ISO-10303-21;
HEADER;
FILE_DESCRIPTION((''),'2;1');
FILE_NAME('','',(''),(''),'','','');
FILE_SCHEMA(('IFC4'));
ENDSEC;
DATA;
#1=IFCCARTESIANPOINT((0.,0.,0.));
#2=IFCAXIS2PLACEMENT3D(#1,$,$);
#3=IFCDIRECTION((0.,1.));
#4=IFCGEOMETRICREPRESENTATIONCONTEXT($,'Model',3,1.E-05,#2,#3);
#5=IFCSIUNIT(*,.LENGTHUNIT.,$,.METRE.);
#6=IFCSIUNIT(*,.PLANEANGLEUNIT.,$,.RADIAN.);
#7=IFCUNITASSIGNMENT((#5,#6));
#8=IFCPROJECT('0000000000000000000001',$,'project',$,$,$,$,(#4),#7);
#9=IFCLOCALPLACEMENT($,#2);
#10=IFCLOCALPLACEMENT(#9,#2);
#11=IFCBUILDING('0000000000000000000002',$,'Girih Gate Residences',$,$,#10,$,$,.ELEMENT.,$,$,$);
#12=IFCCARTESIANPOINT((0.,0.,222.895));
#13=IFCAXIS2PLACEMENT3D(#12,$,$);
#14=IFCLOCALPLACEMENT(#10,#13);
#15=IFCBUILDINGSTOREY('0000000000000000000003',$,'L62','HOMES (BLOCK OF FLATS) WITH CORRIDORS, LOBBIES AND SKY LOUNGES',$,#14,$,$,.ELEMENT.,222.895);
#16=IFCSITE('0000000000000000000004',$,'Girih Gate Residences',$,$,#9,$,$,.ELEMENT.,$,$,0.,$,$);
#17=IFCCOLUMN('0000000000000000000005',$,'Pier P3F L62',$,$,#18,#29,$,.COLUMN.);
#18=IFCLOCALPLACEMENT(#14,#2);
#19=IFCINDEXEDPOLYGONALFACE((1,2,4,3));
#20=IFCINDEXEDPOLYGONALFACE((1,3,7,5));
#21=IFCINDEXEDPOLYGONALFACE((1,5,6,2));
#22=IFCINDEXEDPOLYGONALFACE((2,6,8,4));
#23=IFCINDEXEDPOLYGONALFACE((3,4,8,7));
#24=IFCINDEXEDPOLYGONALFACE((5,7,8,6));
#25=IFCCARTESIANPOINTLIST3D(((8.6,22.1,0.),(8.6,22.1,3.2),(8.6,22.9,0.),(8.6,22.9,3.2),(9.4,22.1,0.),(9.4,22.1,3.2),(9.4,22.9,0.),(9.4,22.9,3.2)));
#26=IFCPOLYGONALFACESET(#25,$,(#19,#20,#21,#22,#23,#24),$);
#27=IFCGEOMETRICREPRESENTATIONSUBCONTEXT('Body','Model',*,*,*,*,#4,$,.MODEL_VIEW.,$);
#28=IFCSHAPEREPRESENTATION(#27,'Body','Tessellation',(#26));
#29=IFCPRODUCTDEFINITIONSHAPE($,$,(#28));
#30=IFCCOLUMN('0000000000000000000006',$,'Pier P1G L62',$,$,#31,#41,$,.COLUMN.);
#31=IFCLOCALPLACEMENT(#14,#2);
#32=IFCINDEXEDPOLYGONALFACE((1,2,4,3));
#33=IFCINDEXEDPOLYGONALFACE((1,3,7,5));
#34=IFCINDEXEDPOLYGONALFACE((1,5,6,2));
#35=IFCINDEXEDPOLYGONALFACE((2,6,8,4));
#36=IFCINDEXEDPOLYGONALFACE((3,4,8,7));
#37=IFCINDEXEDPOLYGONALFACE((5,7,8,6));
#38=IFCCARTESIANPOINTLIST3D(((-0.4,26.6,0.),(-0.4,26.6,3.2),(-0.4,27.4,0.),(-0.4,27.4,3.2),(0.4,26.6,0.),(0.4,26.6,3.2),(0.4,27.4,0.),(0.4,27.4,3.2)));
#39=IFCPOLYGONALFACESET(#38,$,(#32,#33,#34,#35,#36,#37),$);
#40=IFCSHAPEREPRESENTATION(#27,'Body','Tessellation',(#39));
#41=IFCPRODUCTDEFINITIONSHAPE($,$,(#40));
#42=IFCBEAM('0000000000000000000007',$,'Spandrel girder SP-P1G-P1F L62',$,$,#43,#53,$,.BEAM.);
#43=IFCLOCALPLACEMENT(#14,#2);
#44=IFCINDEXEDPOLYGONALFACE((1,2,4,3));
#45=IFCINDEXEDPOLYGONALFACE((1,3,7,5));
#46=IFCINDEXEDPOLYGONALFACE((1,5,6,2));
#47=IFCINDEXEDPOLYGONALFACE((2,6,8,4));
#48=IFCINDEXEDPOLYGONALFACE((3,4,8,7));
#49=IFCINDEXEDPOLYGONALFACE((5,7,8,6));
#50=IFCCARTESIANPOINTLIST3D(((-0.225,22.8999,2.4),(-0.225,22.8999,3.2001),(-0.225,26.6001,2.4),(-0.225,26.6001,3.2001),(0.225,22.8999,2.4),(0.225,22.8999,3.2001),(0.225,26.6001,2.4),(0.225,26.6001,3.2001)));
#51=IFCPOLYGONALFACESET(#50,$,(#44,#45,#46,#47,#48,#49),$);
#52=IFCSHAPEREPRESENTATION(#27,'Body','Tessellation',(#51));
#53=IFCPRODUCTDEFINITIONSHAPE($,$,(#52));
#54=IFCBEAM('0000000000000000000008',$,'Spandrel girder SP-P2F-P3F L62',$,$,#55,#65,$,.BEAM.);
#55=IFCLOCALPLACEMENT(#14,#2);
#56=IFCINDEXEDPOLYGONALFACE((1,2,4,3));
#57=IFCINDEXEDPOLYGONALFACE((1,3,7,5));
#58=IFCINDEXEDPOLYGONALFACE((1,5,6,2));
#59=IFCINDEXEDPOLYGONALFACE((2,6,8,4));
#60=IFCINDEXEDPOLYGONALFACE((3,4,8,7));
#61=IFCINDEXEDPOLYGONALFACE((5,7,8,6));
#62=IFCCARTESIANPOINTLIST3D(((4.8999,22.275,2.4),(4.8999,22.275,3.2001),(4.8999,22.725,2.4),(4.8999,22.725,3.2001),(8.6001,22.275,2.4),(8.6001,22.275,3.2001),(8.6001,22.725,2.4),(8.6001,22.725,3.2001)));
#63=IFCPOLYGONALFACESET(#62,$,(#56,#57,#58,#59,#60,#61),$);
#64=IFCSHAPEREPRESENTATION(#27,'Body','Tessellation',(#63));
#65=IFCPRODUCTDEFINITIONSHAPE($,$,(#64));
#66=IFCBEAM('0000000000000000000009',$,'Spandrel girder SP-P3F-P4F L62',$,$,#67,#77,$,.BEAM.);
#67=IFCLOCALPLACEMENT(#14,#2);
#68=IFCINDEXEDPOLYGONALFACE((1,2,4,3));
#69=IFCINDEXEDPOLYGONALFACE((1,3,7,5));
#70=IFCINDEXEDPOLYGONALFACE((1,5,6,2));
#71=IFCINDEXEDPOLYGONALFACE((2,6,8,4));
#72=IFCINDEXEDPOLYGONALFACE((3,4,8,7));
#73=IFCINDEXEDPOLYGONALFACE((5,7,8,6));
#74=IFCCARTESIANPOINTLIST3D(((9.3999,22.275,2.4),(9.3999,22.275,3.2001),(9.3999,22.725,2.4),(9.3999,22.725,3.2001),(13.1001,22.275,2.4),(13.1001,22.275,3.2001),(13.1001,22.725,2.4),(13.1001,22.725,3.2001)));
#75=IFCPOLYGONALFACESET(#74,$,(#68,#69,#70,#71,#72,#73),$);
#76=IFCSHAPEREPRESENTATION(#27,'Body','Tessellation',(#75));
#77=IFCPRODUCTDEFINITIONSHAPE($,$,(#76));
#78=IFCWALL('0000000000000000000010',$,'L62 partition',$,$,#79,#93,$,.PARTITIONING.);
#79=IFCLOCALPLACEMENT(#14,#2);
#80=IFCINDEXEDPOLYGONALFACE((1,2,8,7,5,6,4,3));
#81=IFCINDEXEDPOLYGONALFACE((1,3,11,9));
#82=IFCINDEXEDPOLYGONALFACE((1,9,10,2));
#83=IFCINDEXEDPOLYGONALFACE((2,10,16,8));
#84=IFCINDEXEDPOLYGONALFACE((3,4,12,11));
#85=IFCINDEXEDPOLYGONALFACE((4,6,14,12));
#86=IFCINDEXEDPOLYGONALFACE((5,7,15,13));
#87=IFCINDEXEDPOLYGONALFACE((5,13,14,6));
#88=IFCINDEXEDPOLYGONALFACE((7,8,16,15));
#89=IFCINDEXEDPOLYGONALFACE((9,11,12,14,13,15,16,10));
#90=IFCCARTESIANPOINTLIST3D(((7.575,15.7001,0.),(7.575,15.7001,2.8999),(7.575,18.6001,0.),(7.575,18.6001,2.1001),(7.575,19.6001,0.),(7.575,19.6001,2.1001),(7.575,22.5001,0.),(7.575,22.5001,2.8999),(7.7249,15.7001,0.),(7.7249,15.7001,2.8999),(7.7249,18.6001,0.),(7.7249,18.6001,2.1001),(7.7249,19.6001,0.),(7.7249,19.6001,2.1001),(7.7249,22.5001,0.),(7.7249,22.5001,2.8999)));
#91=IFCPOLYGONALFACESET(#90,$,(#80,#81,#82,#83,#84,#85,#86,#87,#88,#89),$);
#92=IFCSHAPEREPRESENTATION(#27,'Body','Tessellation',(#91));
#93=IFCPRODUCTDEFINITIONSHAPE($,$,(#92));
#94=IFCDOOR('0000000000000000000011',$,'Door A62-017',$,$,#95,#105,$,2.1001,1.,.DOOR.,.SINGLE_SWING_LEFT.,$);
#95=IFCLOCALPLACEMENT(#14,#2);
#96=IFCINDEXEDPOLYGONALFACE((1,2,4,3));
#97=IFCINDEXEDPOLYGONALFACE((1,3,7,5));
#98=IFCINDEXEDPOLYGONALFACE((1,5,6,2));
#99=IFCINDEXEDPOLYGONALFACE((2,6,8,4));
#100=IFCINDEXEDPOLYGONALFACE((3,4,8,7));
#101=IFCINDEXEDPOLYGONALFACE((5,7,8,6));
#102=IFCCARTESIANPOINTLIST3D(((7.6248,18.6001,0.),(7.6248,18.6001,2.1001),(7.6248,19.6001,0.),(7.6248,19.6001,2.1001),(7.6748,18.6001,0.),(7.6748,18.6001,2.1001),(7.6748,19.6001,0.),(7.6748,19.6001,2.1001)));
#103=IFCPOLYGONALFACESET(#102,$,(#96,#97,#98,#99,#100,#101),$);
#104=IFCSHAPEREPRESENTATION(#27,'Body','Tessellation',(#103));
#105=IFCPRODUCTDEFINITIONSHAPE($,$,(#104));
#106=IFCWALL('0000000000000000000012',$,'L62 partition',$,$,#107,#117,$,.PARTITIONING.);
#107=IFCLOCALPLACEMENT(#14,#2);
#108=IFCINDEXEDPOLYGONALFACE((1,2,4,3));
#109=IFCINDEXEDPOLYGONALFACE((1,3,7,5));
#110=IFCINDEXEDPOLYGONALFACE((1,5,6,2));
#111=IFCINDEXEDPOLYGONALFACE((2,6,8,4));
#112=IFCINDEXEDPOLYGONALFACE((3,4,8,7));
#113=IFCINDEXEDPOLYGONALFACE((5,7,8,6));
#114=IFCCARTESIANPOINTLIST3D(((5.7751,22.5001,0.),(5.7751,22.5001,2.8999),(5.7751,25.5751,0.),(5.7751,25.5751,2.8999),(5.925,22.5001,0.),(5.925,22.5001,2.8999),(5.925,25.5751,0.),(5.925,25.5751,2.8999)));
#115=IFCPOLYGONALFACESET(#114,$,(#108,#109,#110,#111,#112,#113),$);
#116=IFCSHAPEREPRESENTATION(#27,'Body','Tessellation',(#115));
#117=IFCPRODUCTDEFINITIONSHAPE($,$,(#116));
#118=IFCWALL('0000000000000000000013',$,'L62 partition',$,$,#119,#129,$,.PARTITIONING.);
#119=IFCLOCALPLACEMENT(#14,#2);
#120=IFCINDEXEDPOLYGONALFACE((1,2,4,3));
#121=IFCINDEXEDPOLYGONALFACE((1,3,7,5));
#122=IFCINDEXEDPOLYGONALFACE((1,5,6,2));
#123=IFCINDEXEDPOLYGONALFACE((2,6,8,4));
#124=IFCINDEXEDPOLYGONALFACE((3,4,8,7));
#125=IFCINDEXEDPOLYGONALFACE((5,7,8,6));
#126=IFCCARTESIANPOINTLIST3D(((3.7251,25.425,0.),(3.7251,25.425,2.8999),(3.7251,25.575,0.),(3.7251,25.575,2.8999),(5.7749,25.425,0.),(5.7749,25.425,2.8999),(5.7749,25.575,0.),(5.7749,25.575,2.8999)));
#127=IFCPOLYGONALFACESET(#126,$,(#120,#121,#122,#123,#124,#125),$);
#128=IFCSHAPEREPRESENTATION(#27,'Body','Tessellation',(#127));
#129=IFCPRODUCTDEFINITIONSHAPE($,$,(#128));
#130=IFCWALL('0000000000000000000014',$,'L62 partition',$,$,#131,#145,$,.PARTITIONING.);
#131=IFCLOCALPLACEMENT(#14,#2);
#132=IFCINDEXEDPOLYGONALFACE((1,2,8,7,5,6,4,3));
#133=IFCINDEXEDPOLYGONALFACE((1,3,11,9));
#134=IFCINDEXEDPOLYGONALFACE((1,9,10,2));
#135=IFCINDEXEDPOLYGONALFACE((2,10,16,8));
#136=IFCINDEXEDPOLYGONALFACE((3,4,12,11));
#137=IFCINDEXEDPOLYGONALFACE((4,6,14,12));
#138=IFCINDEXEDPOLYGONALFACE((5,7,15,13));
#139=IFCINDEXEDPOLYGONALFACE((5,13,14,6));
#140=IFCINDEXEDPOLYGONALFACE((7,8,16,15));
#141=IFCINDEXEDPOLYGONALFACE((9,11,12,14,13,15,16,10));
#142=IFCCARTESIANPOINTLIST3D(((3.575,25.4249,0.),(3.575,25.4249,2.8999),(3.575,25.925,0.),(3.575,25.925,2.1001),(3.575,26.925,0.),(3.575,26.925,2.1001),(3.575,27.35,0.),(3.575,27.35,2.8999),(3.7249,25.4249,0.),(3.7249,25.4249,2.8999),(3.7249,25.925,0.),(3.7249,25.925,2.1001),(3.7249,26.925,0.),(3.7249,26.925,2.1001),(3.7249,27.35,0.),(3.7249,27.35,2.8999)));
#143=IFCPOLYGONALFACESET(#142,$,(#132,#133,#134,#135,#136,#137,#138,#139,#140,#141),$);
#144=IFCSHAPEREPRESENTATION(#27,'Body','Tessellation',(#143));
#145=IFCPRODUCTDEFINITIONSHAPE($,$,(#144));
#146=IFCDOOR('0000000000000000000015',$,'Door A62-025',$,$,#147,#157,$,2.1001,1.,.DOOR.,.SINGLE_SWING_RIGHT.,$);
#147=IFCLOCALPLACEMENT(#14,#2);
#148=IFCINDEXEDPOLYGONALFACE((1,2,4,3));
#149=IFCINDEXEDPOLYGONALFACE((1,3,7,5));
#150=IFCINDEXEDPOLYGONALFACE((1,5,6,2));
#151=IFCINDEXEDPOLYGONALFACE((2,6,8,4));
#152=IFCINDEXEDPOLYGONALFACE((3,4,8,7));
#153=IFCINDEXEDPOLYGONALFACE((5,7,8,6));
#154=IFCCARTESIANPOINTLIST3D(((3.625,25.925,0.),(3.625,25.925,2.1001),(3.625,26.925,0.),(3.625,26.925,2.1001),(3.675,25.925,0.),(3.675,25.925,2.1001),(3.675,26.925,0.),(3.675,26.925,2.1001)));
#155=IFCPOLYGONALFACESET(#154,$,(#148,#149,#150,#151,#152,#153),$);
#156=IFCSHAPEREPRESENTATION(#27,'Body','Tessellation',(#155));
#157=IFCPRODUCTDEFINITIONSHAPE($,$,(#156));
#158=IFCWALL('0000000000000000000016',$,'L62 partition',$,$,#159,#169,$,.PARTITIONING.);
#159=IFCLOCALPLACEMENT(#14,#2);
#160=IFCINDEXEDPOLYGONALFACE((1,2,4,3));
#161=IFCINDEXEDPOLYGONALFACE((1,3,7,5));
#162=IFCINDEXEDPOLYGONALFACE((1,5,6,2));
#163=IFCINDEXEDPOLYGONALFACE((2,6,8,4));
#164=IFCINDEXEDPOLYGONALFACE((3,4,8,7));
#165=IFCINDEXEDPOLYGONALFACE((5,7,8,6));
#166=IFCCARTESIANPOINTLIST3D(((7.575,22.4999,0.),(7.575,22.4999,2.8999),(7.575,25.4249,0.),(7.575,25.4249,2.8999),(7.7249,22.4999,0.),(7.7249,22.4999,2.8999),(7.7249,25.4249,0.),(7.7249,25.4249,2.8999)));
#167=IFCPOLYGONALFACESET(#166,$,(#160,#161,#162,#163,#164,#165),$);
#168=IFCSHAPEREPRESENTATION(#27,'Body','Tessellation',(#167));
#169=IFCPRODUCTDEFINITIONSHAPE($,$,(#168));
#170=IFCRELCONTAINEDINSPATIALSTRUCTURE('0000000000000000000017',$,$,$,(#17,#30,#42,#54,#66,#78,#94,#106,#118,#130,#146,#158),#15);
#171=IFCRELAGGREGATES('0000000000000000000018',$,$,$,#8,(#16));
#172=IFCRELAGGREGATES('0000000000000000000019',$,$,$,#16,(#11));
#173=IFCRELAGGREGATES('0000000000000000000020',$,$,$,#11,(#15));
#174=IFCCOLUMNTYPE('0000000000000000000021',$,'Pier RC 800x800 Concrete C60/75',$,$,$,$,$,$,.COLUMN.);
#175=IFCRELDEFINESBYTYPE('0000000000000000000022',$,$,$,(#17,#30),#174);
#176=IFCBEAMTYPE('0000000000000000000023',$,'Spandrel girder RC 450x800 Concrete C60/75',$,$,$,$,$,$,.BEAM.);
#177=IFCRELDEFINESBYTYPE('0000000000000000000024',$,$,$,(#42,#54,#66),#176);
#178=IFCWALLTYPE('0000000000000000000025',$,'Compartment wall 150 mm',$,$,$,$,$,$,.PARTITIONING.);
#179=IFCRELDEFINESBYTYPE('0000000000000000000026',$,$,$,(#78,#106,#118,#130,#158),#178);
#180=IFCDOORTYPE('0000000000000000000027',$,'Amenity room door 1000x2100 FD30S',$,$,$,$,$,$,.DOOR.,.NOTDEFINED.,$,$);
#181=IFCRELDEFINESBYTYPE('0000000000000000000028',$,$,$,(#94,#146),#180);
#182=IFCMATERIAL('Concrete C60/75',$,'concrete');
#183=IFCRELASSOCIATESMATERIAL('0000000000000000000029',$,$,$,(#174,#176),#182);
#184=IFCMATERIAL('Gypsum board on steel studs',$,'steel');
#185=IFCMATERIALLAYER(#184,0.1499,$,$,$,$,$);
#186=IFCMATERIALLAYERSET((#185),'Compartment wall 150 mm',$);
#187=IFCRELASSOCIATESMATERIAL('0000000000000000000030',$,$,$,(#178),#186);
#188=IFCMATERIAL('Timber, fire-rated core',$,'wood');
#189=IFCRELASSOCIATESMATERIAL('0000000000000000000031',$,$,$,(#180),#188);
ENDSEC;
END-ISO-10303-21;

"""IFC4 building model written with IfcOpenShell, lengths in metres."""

from ifc_helpers import new_model, si_unit, direction, frame, frame_2d, origin, origin_2d, place, context, subcontext, project, spatial, rectangle, extrude, material, layer, layer_set, material_profile, profile_set, type_object, element, fill, save


model = new_model("IFC4")

# Units and contexts
model_context = context("Model", 3, precision=1e-05, world=origin(), true_north=direction((0.0, 1.0)))
body_context = subcontext(model_context, "Body", "Model", "MODEL_VIEW")
ifc_project = project(units=[si_unit("LENGTHUNIT", "METRE"), si_unit("PLANEANGLEUNIT", "RADIAN")], contexts=[model_context])

# Site, building, storey
site_placement = place(None, origin())
site = spatial("IfcSite", under=ifc_project, at=site_placement, Name="Girih Gate Residences", CompositionType="ELEMENT", RefElevation=0.0)
building_placement = place(site_placement, origin())
building = spatial("IfcBuilding", under=site, at=building_placement, Name="Girih Gate Residences", CompositionType="ELEMENT")
storey_placement = place(building_placement, frame((0.0, 0.0, 222.895)))
storey = spatial("IfcBuildingStorey", under=building, at=storey_placement, Name="L62", Description="HOMES (BLOCK OF FLATS) WITH CORRIDORS, LOBBIES AND SKY LOUNGES", CompositionType="ELEMENT", Elevation=222.895)

# Columns
ifc_material_1 = material(Name="Concrete C60/75", Category="concrete")
ifc_material_profile_1 = material_profile(ifc_material_1, rectangle(XDim=0.8, YDim=0.8, at=origin_2d()))
ifc_profile_set_1 = profile_set([ifc_material_profile_1], Name="Concrete C60/75")
column_type = type_object("IfcColumnType", Name="Pier RC 800x800 Concrete C60/75", PredefinedType="COLUMN", material=ifc_profile_set_1)
for number, where, z_axis, x_axis, name in (
    (1, (9.0, 22.5, 0.0), (0.0, 0.0, 1.0), (1.0, 0.0, 0.0), "Pier P3F L62"),
    (2, (0.0, 27.0, 0.0), (0.0, 0.0, 1.0), (1.0, 0.0, 0.0), "Pier P1G L62"),
):
    element("IfcColumn", number, at=place(storey_placement, frame(where, z_axis=z_axis, x_axis=x_axis)), inside=storey, type_object=column_type, Name=name, PredefinedType="COLUMN", context=body_context, shape_type="SweptSolid", body=[
        extrude(rectangle(XDim=0.8, YDim=0.8, at=origin_2d()), origin(), (0.0, 0.0, 1.0), 3.2),
    ])

# Beams
ifc_material_profile_2 = material_profile(ifc_material_1, rectangle(XDim=0.45, YDim=0.8, at=origin_2d()))
ifc_profile_set_2 = profile_set([ifc_material_profile_2], Name="Concrete C60/75")
beam_type = type_object("IfcBeamType", Name="Spandrel girder RC 450x800 Concrete C60/75", PredefinedType="BEAM", material=ifc_profile_set_2)
for number, where, z_axis, x_axis, name in (
    (3, (0.0, 26.6001, 2.8), (0.0, -1.0, 0.0), (1.0, 0.0, 0.0), "Spandrel girder SP-P1G-P1F L62"),
    (4, (4.8999, 22.5, 2.8), (1.0, 0.0, 0.0), (0.0, 1.0, 0.0), "Spandrel girder SP-P2F-P3F L62"),
    (5, (9.3999, 22.5, 2.8), (1.0, 0.0, 0.0), (0.0, 1.0, 0.0), "Spandrel girder SP-P3F-P4F L62"),
):
    element("IfcBeam", number, at=place(storey_placement, frame(where, z_axis=z_axis, x_axis=x_axis)), inside=storey, type_object=beam_type, Name=name, PredefinedType="BEAM", context=body_context, shape_type="SweptSolid", body=[
        extrude(rectangle(XDim=0.45, YDim=0.8, at=origin_2d()), origin(), (0.0, 0.0, 1.0), 3.7002),
    ])

# Wall, opening, door
ifc_material_2 = material(Name="Gypsum board on steel studs", Category="steel")
ifc_layer_1 = layer(ifc_material_2, 0.1499)
ifc_layer_set_1 = layer_set([ifc_layer_1], Name="Compartment wall 150 mm")
wall_type_1 = type_object("IfcWallType", Name="Compartment wall 150 mm", PredefinedType="PARTITIONING", material=ifc_layer_set_1)
wall_1_placement = place(storey_placement, frame((7.6499, 22.5, 0.0), z_axis=(0.0, 0.0, 1.0), x_axis=(0.0, -1.0, 0.0)))
wall_1 = element("IfcWall", 6, at=wall_1_placement, inside=storey, type_object=wall_type_1, Name="L62 partition", PredefinedType="PARTITIONING", context=body_context, shape_type="SweptSolid", body=[
    extrude(rectangle(XDim=6.8, YDim=0.1499, at=frame_2d((3.3999, 0.0))), origin(), (0.0, 0.0, 1.0), 2.8999),
])
opening_1_placement = place(wall_1_placement, frame((2.8999, 0.0, 0.0)))
opening_1 = element("IfcOpeningElement", 7, at=opening_1_placement, cuts=wall_1, PredefinedType="OPENING", context=body_context, shape_type="SweptSolid", body=[
    extrude(rectangle(XDim=1.0, YDim=2.1001, at=frame_2d((0.5, 1.05))), frame((0.0, 0.085, 0.0), z_axis=(0.0, -1.0, 0.0), x_axis=(1.0, 0.0, 0.0)), (0.0, 0.0, 1.0), 0.1699),
])
ifc_material_3 = material(Name="Timber, fire-rated core", Category="wood")
door_type_1 = type_object("IfcDoorType", Name="Amenity room door 1000x2100 FD30S", OperationType="NOTDEFINED", PredefinedType="DOOR", material=ifc_material_3)
door_1_placement = place(opening_1_placement, origin())
door_1 = element("IfcDoor", 8, at=door_1_placement, inside=storey, type_object=door_type_1, Name="Door A62-017", OperationType="SINGLE_SWING_LEFT", OverallHeight=2.1001, OverallWidth=1.0, PredefinedType="DOOR", context=body_context, shape_type="SweptSolid", body=[
    extrude(rectangle(XDim=1.0, YDim=2.1001, at=frame_2d((0.5, 1.05))), frame((0.0, 0.0249, 0.0), z_axis=(0.0, -1.0, 0.0), x_axis=(1.0, 0.0, 0.0)), (0.0, 0.0, 1.0), 0.05),
])
fill(opening_1, door_1)

# Walls
wall_2_placement = place(storey_placement, frame((5.8501, 22.5, 0.0), z_axis=(0.0, 0.0, 1.0), x_axis=(0.0, 1.0, 0.0)))
element("IfcWall", 9, at=wall_2_placement, inside=storey, type_object=wall_type_1, Name="L62 partition", PredefinedType="PARTITIONING", context=body_context, shape_type="SweptSolid", body=[
    extrude(rectangle(XDim=3.075, YDim=0.1499, at=frame_2d((1.5376, 0.0))), origin(), (0.0, 0.0, 1.0), 2.8999),
])
wall_3_placement = place(storey_placement, frame((3.7251, 25.5, 0.0), z_axis=(0.0, 0.0, 1.0), x_axis=(1.0, 0.0, 0.0)))
element("IfcWall", 10, at=wall_3_placement, inside=storey, type_object=wall_type_1, Name="L62 partition", PredefinedType="PARTITIONING", context=body_context, shape_type="SweptSolid", body=[
    extrude(rectangle(XDim=2.0498, YDim=0.1499, at=frame_2d((1.0249, 0.0))), origin(), (0.0, 0.0, 1.0), 2.8999),
])

# Wall, opening, door
wall_4_placement = place(storey_placement, frame((3.6499, 25.425, 0.0), z_axis=(0.0, 0.0, 1.0), x_axis=(0.0, 1.0, 0.0)))
wall_4 = element("IfcWall", 11, at=wall_4_placement, inside=storey, type_object=wall_type_1, Name="L62 partition", PredefinedType="PARTITIONING", context=body_context, shape_type="SweptSolid", body=[
    extrude(rectangle(XDim=1.925, YDim=0.1499, at=frame_2d((0.9624, 0.0))), origin(), (0.0, 0.0, 1.0), 2.8999),
])
opening_2_placement = place(wall_4_placement, frame((0.5, 0.0, 0.0)))
opening_2 = element("IfcOpeningElement", 12, at=opening_2_placement, cuts=wall_4, PredefinedType="OPENING", context=body_context, shape_type="SweptSolid", body=[
    extrude(rectangle(XDim=1.0, YDim=2.1001, at=frame_2d((0.5, 1.05))), frame((0.0, 0.085, 0.0), z_axis=(0.0, -1.0, 0.0), x_axis=(1.0, 0.0, 0.0)), (0.0, 0.0, 1.0), 0.1699),
])
door_2_placement = place(opening_2_placement, origin())
door_2 = element("IfcDoor", 13, at=door_2_placement, inside=storey, type_object=door_type_1, Name="Door A62-025", OperationType="SINGLE_SWING_RIGHT", OverallHeight=2.1001, OverallWidth=1.0, PredefinedType="DOOR", context=body_context, shape_type="SweptSolid", body=[
    extrude(rectangle(XDim=1.0, YDim=2.1001, at=frame_2d((0.5, 1.05))), frame((0.0, 0.0249, 0.0), z_axis=(0.0, -1.0, 0.0), x_axis=(1.0, 0.0, 0.0)), (0.0, 0.0, 1.0), 0.05),
])
fill(opening_2, door_2)

# Wall
wall_5_placement = place(storey_placement, frame((7.6499, 22.5, 0.0), z_axis=(0.0, 0.0, 1.0), x_axis=(0.0, 1.0, 0.0)))
element("IfcWall", 14, at=wall_5_placement, inside=storey, type_object=wall_type_1, Name="L62 partition", PredefinedType="PARTITIONING", context=body_context, shape_type="SweptSolid", body=[
    extrude(rectangle(XDim=2.925, YDim=0.1499, at=frame_2d((1.4624, 0.0))), origin(), (0.0, 0.0, 1.0), 2.8999),
])

save(model, "model.ifc")
